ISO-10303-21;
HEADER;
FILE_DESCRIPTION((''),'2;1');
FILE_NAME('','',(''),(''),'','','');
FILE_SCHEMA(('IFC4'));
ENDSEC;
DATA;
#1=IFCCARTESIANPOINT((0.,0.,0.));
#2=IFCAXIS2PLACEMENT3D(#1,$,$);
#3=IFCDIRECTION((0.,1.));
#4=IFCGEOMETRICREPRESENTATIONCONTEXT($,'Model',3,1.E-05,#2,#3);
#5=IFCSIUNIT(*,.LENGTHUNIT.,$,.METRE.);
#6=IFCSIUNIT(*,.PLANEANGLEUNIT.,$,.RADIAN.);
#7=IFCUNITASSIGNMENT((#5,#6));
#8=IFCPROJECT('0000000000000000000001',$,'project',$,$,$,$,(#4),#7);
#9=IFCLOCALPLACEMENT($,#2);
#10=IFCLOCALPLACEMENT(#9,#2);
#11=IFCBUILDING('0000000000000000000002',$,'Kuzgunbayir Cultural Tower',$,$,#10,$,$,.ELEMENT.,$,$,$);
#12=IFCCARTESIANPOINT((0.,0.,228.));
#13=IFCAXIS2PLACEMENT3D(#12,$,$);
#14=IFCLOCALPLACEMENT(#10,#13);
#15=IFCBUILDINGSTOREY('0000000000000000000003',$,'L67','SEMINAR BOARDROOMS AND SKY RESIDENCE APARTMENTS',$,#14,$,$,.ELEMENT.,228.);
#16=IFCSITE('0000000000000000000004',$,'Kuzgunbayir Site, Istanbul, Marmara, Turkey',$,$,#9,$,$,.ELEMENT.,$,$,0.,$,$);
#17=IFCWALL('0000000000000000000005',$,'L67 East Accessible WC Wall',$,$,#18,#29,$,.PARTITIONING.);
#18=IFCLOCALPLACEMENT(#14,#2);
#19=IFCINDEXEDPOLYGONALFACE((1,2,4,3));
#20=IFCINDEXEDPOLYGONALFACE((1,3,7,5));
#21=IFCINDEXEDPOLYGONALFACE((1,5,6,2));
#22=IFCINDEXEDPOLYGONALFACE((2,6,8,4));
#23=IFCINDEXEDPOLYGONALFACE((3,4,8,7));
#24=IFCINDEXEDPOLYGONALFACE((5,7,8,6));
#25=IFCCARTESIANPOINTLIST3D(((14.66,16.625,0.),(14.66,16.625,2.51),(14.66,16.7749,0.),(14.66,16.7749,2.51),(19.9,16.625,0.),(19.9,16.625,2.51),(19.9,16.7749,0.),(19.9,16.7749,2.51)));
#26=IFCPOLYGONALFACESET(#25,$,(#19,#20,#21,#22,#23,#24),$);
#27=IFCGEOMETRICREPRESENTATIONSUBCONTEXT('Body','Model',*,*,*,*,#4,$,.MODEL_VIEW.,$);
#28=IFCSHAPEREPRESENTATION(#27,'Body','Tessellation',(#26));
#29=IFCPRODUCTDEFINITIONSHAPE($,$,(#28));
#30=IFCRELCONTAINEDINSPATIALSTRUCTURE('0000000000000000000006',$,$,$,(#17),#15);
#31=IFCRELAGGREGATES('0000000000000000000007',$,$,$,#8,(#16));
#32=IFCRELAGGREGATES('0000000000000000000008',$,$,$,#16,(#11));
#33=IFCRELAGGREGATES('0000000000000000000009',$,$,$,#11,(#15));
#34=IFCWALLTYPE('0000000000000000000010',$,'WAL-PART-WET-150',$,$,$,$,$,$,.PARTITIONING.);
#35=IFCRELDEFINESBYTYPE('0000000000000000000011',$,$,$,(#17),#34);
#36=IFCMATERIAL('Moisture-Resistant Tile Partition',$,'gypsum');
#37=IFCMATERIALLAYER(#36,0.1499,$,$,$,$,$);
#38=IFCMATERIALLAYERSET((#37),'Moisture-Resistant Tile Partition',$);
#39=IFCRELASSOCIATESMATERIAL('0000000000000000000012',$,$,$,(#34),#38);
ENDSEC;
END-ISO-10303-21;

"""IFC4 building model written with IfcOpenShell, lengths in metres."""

from ifc_helpers import new_model, si_unit, direction, frame, frame_2d, origin, place, context, subcontext, project, spatial, rectangle, extrude, material, layer, layer_set, type_object, element, save


model = new_model("IFC4")

# Units and contexts
model_context = context("Model", 3, precision=1e-05, world=origin(), true_north=direction((0.0, 1.0)))
body_context = subcontext(model_context, "Body", "Model", "MODEL_VIEW")
ifc_project = project(units=[si_unit("LENGTHUNIT", "METRE"), si_unit("PLANEANGLEUNIT", "RADIAN")], contexts=[model_context])

# Site, building, storey
site_placement = place(None, origin())
site = spatial("IfcSite", under=ifc_project, at=site_placement, Name="Kuzgunbayir Site, Istanbul, Marmara, Turkey", CompositionType="ELEMENT", RefElevation=0.0)
building_placement = place(site_placement, origin())
building = spatial("IfcBuilding", under=site, at=building_placement, Name="Kuzgunbayir Cultural Tower", CompositionType="ELEMENT")
storey_placement = place(building_placement, frame((0.0, 0.0, 228.0)))
storey = spatial("IfcBuildingStorey", under=building, at=storey_placement, Name="L67", Description="SEMINAR BOARDROOMS AND SKY RESIDENCE APARTMENTS", CompositionType="ELEMENT", Elevation=228.0)

# Shared definitions
ifc_material_1 = material(Name="Moisture-Resistant Tile Partition", Category="gypsum")
ifc_layer_1 = layer(ifc_material_1, 0.1499)
ifc_layer_set_1 = layer_set([ifc_layer_1], Name="Moisture-Resistant Tile Partition")
wall_type_1 = type_object("IfcWallType", Name="WAL-PART-WET-150", PredefinedType="PARTITIONING", material=ifc_layer_set_1)

# Wall
wall_1_placement = place(storey_placement, frame((14.6599, 16.7, 0.0), z_axis=(0.0, 0.0, 1.0), x_axis=(1.0, 0.0, 0.0)))
element("IfcWall", 1, at=wall_1_placement, inside=storey, type_object=wall_type_1, Name="L67 East Accessible WC Wall", PredefinedType="PARTITIONING", context=body_context, shape_type="SweptSolid", body=[
    extrude(rectangle(XDim=5.24, YDim=0.1499, at=frame_2d((2.6201, 0.0))), origin(), (0.0, 0.0, 1.0), 2.51),
])

save(model, "model.ifc")
